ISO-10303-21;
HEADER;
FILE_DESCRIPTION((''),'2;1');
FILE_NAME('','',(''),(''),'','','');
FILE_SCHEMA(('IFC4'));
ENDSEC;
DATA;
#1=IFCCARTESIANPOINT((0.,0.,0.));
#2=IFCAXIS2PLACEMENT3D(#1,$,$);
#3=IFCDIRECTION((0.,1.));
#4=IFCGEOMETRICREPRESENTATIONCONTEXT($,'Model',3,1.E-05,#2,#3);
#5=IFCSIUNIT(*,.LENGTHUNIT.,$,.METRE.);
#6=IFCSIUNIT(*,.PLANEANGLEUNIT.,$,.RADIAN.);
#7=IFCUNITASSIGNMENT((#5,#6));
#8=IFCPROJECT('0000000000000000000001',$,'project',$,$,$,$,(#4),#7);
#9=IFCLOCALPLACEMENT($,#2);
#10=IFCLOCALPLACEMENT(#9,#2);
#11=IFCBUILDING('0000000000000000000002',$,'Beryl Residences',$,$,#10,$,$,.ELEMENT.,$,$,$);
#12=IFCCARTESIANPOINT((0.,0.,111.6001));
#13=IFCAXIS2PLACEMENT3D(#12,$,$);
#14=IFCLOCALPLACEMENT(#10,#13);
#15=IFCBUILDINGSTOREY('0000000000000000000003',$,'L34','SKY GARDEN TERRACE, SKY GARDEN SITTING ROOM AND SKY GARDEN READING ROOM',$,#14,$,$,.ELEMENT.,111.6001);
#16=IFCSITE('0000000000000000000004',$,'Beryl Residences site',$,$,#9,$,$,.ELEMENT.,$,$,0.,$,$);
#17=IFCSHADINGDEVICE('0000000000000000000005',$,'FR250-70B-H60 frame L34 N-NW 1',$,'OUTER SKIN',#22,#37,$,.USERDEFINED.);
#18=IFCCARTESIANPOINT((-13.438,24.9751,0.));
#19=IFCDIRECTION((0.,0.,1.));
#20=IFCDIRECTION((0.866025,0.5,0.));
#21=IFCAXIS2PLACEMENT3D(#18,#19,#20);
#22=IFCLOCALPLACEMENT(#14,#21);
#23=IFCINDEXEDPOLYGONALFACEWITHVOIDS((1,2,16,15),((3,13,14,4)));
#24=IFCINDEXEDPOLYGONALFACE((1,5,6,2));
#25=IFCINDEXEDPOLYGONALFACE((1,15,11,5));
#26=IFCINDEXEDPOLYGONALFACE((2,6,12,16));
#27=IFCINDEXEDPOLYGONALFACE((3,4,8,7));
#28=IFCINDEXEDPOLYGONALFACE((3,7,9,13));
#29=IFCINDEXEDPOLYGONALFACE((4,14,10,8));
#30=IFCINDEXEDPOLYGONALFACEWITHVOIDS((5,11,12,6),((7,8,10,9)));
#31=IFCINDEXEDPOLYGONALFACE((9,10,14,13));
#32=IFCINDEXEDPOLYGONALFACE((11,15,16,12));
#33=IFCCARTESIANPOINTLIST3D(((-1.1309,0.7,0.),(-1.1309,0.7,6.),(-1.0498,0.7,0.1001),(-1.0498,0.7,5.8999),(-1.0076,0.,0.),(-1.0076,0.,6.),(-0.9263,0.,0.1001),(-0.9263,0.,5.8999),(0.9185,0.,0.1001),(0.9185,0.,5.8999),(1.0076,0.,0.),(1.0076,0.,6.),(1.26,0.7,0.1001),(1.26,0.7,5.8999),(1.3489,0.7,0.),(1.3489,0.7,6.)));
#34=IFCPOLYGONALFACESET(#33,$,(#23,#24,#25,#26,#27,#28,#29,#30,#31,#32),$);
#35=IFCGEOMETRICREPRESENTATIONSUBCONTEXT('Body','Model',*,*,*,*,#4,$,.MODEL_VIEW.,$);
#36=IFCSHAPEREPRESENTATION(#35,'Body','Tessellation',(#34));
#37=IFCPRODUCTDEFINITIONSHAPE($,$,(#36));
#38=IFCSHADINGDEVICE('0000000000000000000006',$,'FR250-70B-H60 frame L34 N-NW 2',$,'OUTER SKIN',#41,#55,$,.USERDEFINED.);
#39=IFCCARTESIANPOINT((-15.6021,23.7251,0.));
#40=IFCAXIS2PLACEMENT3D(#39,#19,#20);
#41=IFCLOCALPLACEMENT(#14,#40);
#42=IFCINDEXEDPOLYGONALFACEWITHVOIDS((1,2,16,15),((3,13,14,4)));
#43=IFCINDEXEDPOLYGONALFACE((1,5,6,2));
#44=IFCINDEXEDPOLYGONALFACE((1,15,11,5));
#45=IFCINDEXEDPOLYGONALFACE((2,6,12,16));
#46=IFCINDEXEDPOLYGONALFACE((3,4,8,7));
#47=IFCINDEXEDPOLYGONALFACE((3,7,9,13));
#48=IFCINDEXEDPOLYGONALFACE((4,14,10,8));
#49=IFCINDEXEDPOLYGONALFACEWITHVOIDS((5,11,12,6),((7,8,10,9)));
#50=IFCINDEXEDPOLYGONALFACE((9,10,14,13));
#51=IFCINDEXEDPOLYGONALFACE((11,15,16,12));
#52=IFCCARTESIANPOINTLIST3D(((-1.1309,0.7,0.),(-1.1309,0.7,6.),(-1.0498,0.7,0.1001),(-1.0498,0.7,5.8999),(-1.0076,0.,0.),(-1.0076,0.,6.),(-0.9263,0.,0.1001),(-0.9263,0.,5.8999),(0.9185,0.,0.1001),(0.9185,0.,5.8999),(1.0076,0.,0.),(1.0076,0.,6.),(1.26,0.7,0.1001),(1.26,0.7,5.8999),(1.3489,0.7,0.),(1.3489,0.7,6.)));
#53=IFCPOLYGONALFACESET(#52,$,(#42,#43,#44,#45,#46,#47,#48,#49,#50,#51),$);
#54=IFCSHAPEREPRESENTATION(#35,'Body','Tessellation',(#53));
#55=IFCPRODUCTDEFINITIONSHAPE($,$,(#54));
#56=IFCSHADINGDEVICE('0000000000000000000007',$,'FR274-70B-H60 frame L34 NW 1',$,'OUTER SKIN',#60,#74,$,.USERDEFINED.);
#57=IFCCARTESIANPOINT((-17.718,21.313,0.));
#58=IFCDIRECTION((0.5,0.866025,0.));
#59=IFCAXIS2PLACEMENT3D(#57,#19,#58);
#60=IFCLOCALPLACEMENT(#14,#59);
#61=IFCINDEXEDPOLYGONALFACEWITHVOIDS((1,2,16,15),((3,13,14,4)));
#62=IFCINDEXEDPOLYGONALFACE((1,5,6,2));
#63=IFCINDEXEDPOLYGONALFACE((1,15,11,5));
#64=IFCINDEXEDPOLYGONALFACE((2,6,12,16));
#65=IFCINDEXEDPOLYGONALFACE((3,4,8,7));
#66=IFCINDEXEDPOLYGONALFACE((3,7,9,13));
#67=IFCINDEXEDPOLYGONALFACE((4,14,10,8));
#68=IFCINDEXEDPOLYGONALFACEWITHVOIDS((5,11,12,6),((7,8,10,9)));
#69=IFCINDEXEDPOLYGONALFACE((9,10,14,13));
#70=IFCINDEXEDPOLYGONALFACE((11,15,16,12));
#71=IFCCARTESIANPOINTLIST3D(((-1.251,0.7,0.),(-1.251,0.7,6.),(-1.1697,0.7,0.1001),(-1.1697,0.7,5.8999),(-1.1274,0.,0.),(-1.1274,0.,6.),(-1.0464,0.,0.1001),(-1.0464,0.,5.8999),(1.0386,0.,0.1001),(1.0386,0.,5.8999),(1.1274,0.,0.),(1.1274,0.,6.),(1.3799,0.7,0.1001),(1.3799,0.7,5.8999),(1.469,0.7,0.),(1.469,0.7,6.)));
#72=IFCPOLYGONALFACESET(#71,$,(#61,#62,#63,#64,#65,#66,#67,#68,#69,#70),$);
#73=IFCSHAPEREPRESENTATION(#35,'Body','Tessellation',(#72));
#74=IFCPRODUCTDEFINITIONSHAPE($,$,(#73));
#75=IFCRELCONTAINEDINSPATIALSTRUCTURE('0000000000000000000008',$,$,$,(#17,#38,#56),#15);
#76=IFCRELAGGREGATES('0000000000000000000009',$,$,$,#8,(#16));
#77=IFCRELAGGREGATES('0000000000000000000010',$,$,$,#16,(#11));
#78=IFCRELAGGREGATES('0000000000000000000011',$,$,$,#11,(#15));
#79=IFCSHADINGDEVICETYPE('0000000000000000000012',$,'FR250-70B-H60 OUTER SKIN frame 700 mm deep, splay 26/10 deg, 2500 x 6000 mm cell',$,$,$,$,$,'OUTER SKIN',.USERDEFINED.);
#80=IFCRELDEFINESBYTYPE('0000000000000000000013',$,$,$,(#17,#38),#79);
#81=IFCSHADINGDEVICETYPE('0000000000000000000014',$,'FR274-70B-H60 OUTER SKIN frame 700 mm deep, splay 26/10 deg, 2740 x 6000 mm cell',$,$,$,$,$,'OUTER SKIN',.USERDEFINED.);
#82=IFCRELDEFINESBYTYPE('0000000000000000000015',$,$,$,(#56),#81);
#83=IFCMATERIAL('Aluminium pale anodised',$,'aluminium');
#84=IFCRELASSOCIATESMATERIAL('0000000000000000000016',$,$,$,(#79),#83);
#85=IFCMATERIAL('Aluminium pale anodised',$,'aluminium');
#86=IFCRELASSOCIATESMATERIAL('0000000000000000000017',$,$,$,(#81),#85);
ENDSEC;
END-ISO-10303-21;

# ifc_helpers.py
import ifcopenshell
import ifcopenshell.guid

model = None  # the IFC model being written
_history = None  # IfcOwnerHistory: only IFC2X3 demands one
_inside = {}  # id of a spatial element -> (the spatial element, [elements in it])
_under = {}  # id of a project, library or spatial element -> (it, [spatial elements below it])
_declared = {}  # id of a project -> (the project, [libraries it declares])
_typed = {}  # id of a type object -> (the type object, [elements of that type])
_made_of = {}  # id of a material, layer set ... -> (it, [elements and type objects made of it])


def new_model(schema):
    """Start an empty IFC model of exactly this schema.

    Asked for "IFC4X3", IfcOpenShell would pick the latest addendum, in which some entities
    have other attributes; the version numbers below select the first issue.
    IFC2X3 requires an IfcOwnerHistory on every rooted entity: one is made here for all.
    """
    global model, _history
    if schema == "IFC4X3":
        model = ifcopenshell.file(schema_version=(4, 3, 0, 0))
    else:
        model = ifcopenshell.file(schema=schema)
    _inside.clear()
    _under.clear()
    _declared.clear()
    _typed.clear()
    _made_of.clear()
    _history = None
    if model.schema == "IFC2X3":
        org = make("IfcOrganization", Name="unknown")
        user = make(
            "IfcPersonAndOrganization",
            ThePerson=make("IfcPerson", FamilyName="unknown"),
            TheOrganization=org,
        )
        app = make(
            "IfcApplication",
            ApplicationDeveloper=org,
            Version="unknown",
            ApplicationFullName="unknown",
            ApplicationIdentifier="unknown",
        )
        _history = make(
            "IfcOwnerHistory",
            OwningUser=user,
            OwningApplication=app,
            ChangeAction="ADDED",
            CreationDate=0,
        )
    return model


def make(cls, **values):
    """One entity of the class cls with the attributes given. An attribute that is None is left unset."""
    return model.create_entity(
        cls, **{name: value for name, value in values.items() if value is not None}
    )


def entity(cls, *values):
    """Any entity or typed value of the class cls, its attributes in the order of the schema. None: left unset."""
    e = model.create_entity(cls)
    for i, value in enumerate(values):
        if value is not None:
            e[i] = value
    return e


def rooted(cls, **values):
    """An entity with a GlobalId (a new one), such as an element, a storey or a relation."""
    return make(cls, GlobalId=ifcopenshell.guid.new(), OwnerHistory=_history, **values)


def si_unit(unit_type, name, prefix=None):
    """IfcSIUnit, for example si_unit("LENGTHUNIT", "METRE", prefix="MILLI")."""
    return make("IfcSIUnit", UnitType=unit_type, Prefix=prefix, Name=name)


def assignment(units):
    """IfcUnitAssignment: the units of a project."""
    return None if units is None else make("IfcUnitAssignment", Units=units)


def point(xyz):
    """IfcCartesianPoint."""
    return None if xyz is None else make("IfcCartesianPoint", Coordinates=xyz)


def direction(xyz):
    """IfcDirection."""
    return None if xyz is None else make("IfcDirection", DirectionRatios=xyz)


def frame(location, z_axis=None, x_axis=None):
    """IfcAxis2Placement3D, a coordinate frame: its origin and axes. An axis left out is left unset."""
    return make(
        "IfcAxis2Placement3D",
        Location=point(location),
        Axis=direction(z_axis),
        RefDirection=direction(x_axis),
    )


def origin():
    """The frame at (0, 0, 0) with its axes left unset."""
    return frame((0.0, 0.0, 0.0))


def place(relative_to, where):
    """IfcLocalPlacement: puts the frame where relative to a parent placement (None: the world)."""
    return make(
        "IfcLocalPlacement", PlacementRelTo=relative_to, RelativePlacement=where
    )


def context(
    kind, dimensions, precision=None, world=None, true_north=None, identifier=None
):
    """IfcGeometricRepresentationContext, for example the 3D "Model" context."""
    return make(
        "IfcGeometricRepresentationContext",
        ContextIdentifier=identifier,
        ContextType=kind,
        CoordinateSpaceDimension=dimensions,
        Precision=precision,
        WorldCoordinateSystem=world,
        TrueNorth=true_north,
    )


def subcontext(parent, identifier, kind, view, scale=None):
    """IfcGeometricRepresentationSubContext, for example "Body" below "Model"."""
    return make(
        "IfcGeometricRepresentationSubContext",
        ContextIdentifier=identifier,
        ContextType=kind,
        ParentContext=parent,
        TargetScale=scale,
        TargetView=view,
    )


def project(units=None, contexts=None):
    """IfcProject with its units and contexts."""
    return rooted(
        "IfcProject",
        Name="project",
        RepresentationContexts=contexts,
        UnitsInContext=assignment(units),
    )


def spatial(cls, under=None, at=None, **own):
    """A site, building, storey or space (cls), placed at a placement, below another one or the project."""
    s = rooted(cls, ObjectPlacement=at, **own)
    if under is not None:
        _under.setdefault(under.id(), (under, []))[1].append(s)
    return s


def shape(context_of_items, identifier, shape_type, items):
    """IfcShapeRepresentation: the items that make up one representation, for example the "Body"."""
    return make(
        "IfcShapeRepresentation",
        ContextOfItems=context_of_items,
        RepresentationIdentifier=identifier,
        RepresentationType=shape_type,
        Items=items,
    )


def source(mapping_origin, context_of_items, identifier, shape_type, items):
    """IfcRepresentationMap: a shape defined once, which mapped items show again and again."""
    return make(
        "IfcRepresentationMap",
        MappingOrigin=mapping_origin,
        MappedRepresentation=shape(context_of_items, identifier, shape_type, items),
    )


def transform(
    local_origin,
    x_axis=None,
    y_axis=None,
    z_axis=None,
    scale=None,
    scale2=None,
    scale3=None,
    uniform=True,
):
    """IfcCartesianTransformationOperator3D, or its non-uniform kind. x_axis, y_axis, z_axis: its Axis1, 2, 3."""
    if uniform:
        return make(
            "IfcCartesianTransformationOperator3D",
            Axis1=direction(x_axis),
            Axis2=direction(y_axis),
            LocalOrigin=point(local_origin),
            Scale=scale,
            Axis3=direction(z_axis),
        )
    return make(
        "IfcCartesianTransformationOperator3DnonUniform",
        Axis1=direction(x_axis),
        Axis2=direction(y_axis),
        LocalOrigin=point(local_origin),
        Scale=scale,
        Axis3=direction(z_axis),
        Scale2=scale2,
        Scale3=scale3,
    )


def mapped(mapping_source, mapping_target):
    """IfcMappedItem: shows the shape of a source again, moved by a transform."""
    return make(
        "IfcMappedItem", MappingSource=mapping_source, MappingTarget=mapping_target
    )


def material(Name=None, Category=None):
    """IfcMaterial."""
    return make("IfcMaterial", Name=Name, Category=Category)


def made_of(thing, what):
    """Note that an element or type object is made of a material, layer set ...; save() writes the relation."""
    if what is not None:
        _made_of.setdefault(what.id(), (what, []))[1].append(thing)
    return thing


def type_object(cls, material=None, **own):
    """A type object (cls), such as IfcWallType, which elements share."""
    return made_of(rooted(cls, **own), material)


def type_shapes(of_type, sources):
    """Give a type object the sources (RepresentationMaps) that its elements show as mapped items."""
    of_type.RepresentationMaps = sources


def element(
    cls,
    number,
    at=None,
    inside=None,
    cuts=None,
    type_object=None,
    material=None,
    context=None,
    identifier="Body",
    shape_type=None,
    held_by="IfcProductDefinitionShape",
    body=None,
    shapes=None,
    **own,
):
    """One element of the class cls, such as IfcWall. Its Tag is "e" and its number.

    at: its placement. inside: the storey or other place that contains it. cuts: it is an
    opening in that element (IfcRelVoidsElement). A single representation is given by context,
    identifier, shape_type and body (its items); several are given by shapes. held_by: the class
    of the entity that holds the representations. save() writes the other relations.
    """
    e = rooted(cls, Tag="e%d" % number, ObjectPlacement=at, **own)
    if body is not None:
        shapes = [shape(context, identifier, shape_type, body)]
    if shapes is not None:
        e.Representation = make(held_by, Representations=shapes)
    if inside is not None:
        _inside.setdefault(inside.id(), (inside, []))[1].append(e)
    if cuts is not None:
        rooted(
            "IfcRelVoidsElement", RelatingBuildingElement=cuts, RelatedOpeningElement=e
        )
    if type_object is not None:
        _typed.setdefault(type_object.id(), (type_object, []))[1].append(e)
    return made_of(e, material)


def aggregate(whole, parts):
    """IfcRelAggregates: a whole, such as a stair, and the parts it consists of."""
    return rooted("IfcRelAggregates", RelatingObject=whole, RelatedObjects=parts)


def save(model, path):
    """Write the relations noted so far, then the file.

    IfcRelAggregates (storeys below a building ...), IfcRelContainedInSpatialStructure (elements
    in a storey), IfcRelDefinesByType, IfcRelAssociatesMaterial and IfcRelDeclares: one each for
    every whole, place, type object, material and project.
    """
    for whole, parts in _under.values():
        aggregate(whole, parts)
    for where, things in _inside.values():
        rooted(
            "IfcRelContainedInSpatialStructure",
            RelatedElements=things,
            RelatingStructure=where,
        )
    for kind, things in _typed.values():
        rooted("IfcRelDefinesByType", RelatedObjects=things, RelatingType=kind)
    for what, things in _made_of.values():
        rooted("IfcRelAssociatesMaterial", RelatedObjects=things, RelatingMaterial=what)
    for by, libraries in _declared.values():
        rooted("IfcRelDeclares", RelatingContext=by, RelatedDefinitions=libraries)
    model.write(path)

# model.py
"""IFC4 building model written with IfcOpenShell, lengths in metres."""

from ifc_helpers import new_model, entity, si_unit, direction, frame, origin, place, context, subcontext, project, spatial, source, transform, mapped, material, type_object, type_shapes, element, save


model = new_model("IFC4")

# Units and contexts
model_context = context("Model", 3, precision=1e-05, world=origin(), true_north=direction((0.0, 1.0)))
body_context = subcontext(model_context, "Body", "Model", "MODEL_VIEW")
ifc_project = project(units=[si_unit("LENGTHUNIT", "METRE"), si_unit("PLANEANGLEUNIT", "RADIAN")], contexts=[model_context])

# Site, building, storey
site_placement = place(None, origin())
site = spatial("IfcSite", under=ifc_project, at=site_placement, Name="Beryl Residences site", CompositionType="ELEMENT", RefElevation=0.0)
building_placement = place(site_placement, origin())
building = spatial("IfcBuilding", under=site, at=building_placement, Name="Beryl Residences", CompositionType="ELEMENT")
storey_placement = place(building_placement, frame((0.0, 0.0, 111.6001)))
storey = spatial("IfcBuildingStorey", under=building, at=storey_placement, Name="L34", Description="SKY GARDEN TERRACE, SKY GARDEN SITTING ROOM AND SKY GARDEN READING ROOM", CompositionType="ELEMENT", Elevation=111.6001)

# Shading devices
ifc_material_1 = material(Name="Aluminium pale anodised", Category="aluminium")
shading_device_type_1 = type_object("IfcShadingDeviceType", Name="FR250-70B-H60 OUTER SKIN frame 700 mm deep, splay 26/10 deg, 2500 x 6000 mm cell", ElementType="OUTER SKIN", PredefinedType="USERDEFINED", material=ifc_material_1)
cartesian_point_1 = entity("IfcCartesianPoint", [-1.0076, 0.0])
cartesian_point_2 = entity("IfcCartesianPoint", [-0.9185, 0.1001])
cartesian_point_3 = entity("IfcCartesianPoint", [-1.3489, 0.0])
cartesian_point_4 = entity("IfcCartesianPoint", [-1.26, 0.1001])
shared_shape_1 = source(origin(), body_context, "Body", "SweptSolid", [
    entity("IfcExtrudedAreaSolidTapered", entity("IfcArbitraryProfileDefWithVoids", "AREA", None, entity("IfcPolyline", [cartesian_point_1, entity("IfcCartesianPoint", [1.0076, 0.0]), entity("IfcCartesianPoint", [1.0076, 6.0]), entity("IfcCartesianPoint", [-1.0076, 6.0]), cartesian_point_1]), [entity("IfcPolyline", [cartesian_point_2, entity("IfcCartesianPoint", [0.9263, 0.1001]), entity("IfcCartesianPoint", [0.9263, 5.8999]), entity("IfcCartesianPoint", [-0.9185, 5.8999]), cartesian_point_2])]), entity("IfcAxis2Placement3D", entity("IfcCartesianPoint", [0.0, 0.0, 0.0]), entity("IfcDirection", [0.0, 1.0, 0.0]), entity("IfcDirection", [-1.0, 0.0, 0.0])), entity("IfcDirection", [0.0, 0.0, 1.0]), 0.7, entity("IfcArbitraryProfileDefWithVoids", "AREA", None, entity("IfcPolyline", [cartesian_point_3, entity("IfcCartesianPoint", [1.1309, 0.0]), entity("IfcCartesianPoint", [1.1309, 6.0]), entity("IfcCartesianPoint", [-1.3489, 6.0]), cartesian_point_3]), [entity("IfcPolyline", [cartesian_point_4, entity("IfcCartesianPoint", [1.0498, 0.1001]), entity("IfcCartesianPoint", [1.0498, 5.8999]), entity("IfcCartesianPoint", [-1.26, 5.8999]), cartesian_point_4])])),
])
type_shapes(shading_device_type_1, [shared_shape_1])
for number, where, z_axis, x_axis, name in (
    (1, (-13.438, 24.9751, 0.0), (0.0, 0.0, 1.0), (0.866025, 0.5, 0.0), "FR250-70B-H60 frame L34 N-NW 1"),
    (2, (-15.6021, 23.7251, 0.0), (0.0, 0.0, 1.0), (0.866025, 0.5, 0.0), "FR250-70B-H60 frame L34 N-NW 2"),
):
    element("IfcShadingDevice", number, at=place(storey_placement, frame(where, z_axis=z_axis, x_axis=x_axis)), inside=storey, type_object=shading_device_type_1, Name=name, ObjectType="OUTER SKIN", PredefinedType="USERDEFINED", context=body_context, shape_type="MappedRepresentation", body=[
        mapped(shared_shape_1, transform((0.0, 0.0, 0.0))),
    ])
ifc_material_2 = material(Name="Aluminium pale anodised", Category="aluminium")
shading_device_type_2 = type_object("IfcShadingDeviceType", Name="FR274-70B-H60 OUTER SKIN frame 700 mm deep, splay 26/10 deg, 2740 x 6000 mm cell", ElementType="OUTER SKIN", PredefinedType="USERDEFINED", material=ifc_material_2)
cartesian_point_5 = entity("IfcCartesianPoint", [-1.1274, 0.0])
cartesian_point_6 = entity("IfcCartesianPoint", [-1.0386, 0.1001])
cartesian_point_7 = entity("IfcCartesianPoint", [-1.469, 0.0])
cartesian_point_8 = entity("IfcCartesianPoint", [-1.3799, 0.1001])
shared_shape_2 = source(origin(), body_context, "Body", "SweptSolid", [
    entity("IfcExtrudedAreaSolidTapered", entity("IfcArbitraryProfileDefWithVoids", "AREA", None, entity("IfcPolyline", [cartesian_point_5, entity("IfcCartesianPoint", [1.1274, 0.0]), entity("IfcCartesianPoint", [1.1274, 6.0]), entity("IfcCartesianPoint", [-1.1274, 6.0]), cartesian_point_5]), [entity("IfcPolyline", [cartesian_point_6, entity("IfcCartesianPoint", [1.0464, 0.1001]), entity("IfcCartesianPoint", [1.0464, 5.8999]), entity("IfcCartesianPoint", [-1.0386, 5.8999]), cartesian_point_6])]), entity("IfcAxis2Placement3D", entity("IfcCartesianPoint", [0.0, 0.0, 0.0]), entity("IfcDirection", [0.0, 1.0, 0.0]), entity("IfcDirection", [-1.0, 0.0, 0.0])), entity("IfcDirection", [0.0, 0.0, 1.0]), 0.7, entity("IfcArbitraryProfileDefWithVoids", "AREA", None, entity("IfcPolyline", [cartesian_point_7, entity("IfcCartesianPoint", [1.251, 0.0]), entity("IfcCartesianPoint", [1.251, 6.0]), entity("IfcCartesianPoint", [-1.469, 6.0]), cartesian_point_7]), [entity("IfcPolyline", [cartesian_point_8, entity("IfcCartesianPoint", [1.1697, 0.1001]), entity("IfcCartesianPoint", [1.1697, 5.8999]), entity("IfcCartesianPoint", [-1.3799, 5.8999]), cartesian_point_8])])),
])
type_shapes(shading_device_type_2, [shared_shape_2])
shading_device_placement = place(storey_placement, frame((-17.718, 21.313, 0.0), z_axis=(0.0, 0.0, 1.0), x_axis=(0.5, 0.866025, 0.0)))
element("IfcShadingDevice", 3, at=shading_device_placement, inside=storey, type_object=shading_device_type_2, Name="FR274-70B-H60 frame L34 NW 1", ObjectType="OUTER SKIN", PredefinedType="USERDEFINED", context=body_context, shape_type="MappedRepresentation", body=[
    mapped(shared_shape_2, transform((0.0, 0.0, 0.0))),
])

save(model, "model.ifc")
